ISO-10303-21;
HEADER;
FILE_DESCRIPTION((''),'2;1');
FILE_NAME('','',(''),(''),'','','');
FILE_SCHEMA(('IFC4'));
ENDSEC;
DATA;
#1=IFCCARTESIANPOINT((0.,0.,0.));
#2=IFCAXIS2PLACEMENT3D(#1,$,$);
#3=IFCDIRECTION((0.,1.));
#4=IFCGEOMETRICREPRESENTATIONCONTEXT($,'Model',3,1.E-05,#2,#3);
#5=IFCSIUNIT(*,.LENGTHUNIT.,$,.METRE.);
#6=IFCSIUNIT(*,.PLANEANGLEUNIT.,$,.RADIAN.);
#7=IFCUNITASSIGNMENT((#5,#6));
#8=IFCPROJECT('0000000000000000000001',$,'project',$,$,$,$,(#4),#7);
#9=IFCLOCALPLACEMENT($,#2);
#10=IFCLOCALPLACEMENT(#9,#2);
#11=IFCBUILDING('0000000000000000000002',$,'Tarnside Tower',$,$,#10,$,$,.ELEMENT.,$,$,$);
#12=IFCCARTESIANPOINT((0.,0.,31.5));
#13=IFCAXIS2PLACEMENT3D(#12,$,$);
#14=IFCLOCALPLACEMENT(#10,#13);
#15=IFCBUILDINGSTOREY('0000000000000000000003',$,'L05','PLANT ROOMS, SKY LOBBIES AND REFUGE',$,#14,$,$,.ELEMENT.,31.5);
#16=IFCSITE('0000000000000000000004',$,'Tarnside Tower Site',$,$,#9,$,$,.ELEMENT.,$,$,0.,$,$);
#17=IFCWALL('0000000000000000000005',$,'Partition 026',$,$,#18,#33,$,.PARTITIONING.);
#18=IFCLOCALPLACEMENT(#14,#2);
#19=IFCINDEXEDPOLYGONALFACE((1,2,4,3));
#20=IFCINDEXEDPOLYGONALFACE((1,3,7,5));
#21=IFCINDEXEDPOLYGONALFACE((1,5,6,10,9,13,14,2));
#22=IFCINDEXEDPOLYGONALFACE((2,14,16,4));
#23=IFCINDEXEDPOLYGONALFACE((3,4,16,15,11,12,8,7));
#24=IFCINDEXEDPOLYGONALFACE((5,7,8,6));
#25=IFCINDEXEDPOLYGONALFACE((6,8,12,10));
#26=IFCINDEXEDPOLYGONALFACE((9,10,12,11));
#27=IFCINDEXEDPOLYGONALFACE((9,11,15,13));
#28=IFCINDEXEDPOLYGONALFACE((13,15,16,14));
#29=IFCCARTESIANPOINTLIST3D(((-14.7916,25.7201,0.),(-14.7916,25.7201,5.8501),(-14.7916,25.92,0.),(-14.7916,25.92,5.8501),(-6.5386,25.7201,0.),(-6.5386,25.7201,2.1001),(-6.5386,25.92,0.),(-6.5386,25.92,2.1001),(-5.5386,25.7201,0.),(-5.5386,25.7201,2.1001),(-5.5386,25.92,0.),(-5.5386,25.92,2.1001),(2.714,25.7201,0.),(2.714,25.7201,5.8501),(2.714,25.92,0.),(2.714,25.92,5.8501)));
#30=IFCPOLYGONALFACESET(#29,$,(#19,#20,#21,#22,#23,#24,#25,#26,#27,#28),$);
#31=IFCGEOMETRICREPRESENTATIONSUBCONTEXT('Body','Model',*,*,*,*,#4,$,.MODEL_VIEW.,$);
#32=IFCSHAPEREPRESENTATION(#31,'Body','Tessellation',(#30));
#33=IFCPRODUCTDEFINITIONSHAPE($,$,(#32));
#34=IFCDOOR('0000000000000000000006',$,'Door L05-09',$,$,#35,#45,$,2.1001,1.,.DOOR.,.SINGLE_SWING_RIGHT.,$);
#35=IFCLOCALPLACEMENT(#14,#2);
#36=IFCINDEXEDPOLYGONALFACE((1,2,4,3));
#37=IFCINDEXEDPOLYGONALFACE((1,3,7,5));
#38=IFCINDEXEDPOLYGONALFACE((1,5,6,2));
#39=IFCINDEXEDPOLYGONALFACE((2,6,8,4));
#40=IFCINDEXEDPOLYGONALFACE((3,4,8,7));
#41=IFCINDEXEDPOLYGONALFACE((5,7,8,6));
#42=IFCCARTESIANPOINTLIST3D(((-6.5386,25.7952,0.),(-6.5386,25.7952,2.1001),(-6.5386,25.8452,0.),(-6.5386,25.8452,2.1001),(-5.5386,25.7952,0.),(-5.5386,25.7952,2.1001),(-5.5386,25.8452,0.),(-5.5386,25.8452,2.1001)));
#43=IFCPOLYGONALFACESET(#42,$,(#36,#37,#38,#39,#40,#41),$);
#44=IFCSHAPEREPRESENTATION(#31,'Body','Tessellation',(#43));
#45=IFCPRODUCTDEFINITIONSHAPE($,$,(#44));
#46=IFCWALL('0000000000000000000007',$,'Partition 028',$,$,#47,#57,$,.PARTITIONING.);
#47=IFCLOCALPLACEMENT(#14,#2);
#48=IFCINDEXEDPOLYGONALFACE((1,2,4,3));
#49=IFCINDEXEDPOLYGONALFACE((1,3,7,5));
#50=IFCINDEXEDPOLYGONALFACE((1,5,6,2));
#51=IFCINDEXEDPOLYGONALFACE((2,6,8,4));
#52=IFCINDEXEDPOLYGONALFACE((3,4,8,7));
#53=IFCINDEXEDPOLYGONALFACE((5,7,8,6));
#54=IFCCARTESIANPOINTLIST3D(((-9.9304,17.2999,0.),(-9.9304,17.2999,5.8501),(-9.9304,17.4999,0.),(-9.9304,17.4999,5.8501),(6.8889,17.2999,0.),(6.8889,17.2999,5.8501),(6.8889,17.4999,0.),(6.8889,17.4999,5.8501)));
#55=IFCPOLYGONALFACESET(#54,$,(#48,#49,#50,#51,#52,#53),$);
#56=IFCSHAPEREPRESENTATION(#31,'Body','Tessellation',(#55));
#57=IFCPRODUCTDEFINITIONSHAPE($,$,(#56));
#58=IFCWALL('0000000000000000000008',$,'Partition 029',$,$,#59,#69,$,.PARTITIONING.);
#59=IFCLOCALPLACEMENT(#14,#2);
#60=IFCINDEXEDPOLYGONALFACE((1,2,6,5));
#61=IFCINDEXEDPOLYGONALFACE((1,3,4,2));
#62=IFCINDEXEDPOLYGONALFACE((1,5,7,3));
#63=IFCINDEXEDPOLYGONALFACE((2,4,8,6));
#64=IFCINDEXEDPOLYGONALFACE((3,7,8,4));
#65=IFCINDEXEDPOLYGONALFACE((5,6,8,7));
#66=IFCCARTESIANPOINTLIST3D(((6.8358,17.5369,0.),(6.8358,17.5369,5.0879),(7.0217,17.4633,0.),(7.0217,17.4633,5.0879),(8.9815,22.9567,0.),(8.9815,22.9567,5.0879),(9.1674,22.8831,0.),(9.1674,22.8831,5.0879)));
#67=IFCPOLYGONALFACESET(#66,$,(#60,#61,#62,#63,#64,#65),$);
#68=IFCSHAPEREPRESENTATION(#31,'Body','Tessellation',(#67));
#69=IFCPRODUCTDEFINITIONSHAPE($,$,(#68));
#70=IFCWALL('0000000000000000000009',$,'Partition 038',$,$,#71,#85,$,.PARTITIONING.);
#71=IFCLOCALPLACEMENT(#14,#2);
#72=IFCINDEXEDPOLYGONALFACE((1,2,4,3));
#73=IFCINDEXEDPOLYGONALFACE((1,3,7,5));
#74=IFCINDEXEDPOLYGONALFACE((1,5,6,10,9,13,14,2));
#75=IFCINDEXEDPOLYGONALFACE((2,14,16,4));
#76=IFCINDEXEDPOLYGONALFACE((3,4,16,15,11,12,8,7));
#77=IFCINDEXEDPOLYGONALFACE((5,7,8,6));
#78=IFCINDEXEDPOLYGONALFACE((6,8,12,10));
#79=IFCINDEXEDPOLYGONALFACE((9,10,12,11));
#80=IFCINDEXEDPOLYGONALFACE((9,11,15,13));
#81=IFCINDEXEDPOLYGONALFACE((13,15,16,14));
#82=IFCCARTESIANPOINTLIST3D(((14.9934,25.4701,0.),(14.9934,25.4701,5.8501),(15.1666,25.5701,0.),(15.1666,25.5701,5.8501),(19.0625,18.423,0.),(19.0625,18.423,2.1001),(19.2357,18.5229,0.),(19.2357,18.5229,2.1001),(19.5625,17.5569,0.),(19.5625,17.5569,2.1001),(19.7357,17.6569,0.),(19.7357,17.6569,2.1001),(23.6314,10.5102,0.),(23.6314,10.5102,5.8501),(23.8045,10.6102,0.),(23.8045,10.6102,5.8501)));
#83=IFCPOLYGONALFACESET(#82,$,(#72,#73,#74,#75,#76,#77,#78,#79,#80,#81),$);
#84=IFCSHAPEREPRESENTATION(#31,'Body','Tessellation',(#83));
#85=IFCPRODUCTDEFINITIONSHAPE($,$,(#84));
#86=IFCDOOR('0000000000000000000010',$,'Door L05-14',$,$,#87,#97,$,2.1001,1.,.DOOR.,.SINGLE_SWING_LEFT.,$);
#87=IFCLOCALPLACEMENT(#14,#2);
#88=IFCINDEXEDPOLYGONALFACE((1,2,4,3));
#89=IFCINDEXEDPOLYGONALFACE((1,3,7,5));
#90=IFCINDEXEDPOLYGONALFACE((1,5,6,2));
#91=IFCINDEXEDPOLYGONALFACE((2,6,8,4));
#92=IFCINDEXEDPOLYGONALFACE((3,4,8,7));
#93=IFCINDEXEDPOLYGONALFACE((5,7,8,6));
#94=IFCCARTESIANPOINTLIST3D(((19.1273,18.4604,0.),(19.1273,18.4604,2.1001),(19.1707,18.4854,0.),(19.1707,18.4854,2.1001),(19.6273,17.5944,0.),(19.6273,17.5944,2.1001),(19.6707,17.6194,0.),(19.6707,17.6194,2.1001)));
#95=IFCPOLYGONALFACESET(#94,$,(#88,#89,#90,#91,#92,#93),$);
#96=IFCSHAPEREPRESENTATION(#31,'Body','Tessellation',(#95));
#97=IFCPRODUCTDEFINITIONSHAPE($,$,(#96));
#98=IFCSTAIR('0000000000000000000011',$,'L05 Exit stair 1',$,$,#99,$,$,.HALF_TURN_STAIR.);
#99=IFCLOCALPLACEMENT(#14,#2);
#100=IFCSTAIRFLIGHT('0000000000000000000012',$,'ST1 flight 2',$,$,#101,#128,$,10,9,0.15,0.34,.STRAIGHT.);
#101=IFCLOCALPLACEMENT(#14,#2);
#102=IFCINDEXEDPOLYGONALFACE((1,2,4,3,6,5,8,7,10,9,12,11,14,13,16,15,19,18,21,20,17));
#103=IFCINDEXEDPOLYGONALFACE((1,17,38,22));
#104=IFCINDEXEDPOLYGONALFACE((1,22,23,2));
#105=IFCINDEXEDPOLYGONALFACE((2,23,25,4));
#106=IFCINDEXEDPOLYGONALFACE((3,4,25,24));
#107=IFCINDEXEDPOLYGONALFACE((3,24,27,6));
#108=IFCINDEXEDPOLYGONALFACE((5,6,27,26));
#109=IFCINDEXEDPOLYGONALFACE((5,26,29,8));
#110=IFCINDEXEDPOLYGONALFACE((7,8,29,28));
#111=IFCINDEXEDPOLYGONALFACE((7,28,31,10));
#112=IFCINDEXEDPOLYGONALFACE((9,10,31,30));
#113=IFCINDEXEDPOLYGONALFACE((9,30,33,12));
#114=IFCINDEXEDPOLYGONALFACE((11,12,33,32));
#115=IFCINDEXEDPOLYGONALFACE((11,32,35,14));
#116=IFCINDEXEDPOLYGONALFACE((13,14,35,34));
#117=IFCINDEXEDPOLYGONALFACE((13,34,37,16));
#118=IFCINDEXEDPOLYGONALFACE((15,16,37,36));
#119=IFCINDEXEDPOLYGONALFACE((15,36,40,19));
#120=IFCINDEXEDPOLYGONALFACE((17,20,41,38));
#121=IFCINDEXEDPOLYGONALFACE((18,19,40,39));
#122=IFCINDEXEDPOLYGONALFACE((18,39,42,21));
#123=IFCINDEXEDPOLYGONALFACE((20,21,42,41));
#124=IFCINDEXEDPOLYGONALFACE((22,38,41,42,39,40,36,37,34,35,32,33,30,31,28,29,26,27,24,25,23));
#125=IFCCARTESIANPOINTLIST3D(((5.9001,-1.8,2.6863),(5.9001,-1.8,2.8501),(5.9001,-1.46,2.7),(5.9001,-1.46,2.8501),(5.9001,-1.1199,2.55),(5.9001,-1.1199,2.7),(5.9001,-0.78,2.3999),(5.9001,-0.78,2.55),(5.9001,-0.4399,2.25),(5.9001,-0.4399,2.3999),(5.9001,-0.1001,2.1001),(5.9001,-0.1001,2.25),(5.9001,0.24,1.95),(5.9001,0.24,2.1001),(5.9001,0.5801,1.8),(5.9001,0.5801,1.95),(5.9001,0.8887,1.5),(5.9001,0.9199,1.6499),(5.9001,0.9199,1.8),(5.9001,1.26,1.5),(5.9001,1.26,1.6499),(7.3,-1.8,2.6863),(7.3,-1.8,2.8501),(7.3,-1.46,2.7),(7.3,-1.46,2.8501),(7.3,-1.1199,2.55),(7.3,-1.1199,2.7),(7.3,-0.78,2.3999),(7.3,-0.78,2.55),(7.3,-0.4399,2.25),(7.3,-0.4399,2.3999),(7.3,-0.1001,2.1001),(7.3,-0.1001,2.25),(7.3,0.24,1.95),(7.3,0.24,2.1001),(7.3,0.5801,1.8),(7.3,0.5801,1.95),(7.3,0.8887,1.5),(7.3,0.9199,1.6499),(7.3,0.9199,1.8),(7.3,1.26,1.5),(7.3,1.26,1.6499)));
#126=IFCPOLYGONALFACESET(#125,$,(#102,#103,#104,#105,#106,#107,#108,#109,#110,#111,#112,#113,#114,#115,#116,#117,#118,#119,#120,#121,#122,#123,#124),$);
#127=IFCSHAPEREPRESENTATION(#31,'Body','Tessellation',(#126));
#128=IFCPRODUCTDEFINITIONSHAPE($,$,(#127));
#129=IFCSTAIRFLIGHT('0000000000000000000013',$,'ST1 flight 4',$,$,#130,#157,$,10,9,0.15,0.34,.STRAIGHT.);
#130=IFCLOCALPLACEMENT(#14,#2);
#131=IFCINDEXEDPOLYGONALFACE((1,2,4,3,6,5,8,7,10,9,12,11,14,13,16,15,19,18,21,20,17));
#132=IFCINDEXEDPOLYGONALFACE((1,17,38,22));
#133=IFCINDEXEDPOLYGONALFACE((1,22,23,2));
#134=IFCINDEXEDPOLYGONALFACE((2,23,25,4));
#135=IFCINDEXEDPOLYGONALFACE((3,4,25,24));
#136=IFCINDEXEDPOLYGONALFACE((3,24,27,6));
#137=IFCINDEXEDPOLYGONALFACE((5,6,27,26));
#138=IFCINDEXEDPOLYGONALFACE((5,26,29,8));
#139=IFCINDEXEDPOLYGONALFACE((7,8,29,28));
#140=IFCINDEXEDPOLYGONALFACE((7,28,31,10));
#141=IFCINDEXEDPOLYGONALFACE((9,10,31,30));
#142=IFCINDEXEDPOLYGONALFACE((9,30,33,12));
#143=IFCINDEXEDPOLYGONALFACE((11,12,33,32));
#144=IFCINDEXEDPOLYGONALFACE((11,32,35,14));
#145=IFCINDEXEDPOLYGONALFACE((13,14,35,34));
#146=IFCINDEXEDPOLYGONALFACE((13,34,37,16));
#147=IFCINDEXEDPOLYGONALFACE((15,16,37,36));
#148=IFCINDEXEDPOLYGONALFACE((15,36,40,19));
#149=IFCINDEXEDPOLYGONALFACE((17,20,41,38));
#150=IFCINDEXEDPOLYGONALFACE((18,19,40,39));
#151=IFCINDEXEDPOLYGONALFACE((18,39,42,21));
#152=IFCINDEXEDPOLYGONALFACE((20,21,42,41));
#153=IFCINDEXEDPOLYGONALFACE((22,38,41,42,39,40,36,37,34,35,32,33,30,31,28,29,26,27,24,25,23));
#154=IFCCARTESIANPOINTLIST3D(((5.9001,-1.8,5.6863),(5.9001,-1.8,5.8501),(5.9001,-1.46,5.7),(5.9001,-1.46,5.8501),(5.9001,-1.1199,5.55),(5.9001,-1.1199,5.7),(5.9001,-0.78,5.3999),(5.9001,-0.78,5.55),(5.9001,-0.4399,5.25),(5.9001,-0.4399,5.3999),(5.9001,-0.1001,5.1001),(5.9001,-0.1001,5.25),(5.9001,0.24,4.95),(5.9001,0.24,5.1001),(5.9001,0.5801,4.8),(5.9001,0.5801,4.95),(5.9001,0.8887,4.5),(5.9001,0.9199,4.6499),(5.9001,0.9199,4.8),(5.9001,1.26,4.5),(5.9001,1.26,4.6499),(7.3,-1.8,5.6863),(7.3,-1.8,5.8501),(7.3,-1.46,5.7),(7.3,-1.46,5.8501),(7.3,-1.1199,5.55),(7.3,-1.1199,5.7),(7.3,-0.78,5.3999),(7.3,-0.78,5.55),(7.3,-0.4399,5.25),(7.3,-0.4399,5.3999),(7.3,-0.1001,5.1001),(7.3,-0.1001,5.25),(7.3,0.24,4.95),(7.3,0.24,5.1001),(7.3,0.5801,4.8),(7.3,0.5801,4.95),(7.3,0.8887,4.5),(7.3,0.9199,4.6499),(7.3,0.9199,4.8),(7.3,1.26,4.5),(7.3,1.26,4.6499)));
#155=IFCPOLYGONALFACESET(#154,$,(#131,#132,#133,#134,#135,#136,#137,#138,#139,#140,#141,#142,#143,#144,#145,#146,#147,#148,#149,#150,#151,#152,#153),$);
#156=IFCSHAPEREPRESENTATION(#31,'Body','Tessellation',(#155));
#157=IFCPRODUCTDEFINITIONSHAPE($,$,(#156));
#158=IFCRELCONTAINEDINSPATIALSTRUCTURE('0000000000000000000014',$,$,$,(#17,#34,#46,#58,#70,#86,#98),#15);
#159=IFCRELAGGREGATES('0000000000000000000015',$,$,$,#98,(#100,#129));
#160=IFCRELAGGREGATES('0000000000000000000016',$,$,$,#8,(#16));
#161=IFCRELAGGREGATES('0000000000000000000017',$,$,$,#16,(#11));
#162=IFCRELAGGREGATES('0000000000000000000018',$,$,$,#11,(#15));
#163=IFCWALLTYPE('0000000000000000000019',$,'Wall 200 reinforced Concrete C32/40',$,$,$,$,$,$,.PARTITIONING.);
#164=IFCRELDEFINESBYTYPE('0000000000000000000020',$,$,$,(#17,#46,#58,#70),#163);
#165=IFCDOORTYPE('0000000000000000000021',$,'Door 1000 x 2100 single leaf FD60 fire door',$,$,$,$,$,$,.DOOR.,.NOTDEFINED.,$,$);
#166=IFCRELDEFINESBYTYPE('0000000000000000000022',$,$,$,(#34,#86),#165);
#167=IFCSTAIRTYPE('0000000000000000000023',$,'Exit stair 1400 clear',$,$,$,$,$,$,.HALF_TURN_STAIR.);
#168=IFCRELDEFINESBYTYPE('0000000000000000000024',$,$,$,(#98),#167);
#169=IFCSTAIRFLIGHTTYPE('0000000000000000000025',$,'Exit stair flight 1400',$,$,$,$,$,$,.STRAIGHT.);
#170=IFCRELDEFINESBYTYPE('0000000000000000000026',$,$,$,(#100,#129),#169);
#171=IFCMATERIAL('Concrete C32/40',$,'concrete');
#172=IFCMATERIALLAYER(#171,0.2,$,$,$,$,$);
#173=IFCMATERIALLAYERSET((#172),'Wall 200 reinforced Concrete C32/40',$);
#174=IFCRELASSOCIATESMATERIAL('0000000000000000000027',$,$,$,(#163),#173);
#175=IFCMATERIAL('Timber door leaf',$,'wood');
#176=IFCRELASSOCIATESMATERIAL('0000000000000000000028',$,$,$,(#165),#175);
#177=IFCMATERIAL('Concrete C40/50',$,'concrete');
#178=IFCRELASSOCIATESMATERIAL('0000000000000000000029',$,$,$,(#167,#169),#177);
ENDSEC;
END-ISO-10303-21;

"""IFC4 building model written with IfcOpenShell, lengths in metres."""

from ifc_helpers import new_model, si_unit, direction, frame, frame_2d, origin, place, context, subcontext, project, spatial, polyline, rectangle, outline, extrude, material, layer, layer_set, type_object, element, fill, aggregate, save


model = new_model("IFC4")

# Units and contexts
model_context = context("Model", 3, precision=1e-05, world=origin(), true_north=direction((0.0, 1.0)))
body_context = subcontext(model_context, "Body", "Model", "MODEL_VIEW")
ifc_project = project(units=[si_unit("LENGTHUNIT", "METRE"), si_unit("PLANEANGLEUNIT", "RADIAN")], contexts=[model_context])

# Site, building, storey
site_placement = place(None, origin())
site = spatial("IfcSite", under=ifc_project, at=site_placement, Name="Tarnside Tower Site", CompositionType="ELEMENT", RefElevation=0.0)
building_placement = place(site_placement, origin())
building = spatial("IfcBuilding", under=site, at=building_placement, Name="Tarnside Tower", CompositionType="ELEMENT")
storey_placement = place(building_placement, frame((0.0, 0.0, 31.5)))
storey = spatial("IfcBuildingStorey", under=building, at=storey_placement, Name="L05", Description="PLANT ROOMS, SKY LOBBIES AND REFUGE", CompositionType="ELEMENT", Elevation=31.5)

# Shared definitions
ifc_material_1 = material(Name="Concrete C40/50", Category="concrete")

# Wall, opening, door
ifc_material_2 = material(Name="Concrete C32/40", Category="concrete")
ifc_layer_1 = layer(ifc_material_2, 0.2)
ifc_layer_set_1 = layer_set([ifc_layer_1], Name="Wall 200 reinforced Concrete C32/40")
wall_type_1 = type_object("IfcWallType", Name="Wall 200 reinforced Concrete C32/40", PredefinedType="PARTITIONING", material=ifc_layer_set_1)
ifc_material_3 = material(Name="Timber door leaf", Category="wood")
door_type_1 = type_object("IfcDoorType", Name="Door 1000 x 2100 single leaf FD60 fire door", OperationType="NOTDEFINED", PredefinedType="DOOR", material=ifc_material_3)
wall_1_placement = place(storey_placement, frame((2.7141, 25.8201, 0.0), z_axis=(0.0, 0.0, 1.0), x_axis=(-1.0, 0.0, 0.0)))
wall_1 = element("IfcWall", 1, at=wall_1_placement, inside=storey, type_object=wall_type_1, Name="Partition 026", PredefinedType="PARTITIONING", context=body_context, shape_type="SweptSolid", body=[
    extrude(rectangle(XDim=17.5056, YDim=0.2, at=frame_2d((8.7529, 0.0))), origin(), (0.0, 0.0, 1.0), 5.8501),
])
opening_1_placement = place(wall_1_placement, frame((8.2527, 0.0, 0.0)))
opening_1 = element("IfcOpeningElement", 2, at=opening_1_placement, cuts=wall_1, PredefinedType="OPENING", context=body_context, shape_type="SweptSolid", body=[
    extrude(rectangle(XDim=1.0, YDim=2.1001, at=frame_2d((0.5, 1.05))), frame((0.0, 0.1099, 0.0), z_axis=(0.0, -1.0, 0.0), x_axis=(1.0, 0.0, 0.0)), (0.0, 0.0, 1.0), 0.22),
])
door_1_placement = place(opening_1_placement, origin())
door_1 = element("IfcDoor", 3, at=door_1_placement, inside=storey, type_object=door_type_1, Name="Door L05-09", OperationType="SINGLE_SWING_RIGHT", OverallHeight=2.1001, OverallWidth=1.0, PredefinedType="DOOR", context=body_context, shape_type="SweptSolid", body=[
    extrude(rectangle(XDim=1.0, YDim=2.1001, at=frame_2d((0.5, 1.05))), frame((0.0, 0.0249, 0.0), z_axis=(0.0, -1.0, 0.0), x_axis=(1.0, 0.0, 0.0)), (0.0, 0.0, 1.0), 0.05),
])
fill(opening_1, door_1)

# Walls
wall_2_placement = place(storey_placement, frame((6.8889, 17.3999, 0.0), z_axis=(0.0, 0.0, 1.0), x_axis=(-1.0, 0.0, 0.0)))
element("IfcWall", 4, at=wall_2_placement, inside=storey, type_object=wall_type_1, Name="Partition 028", PredefinedType="PARTITIONING", context=body_context, shape_type="SweptSolid", body=[
    extrude(rectangle(XDim=16.8193, YDim=0.2, at=frame_2d((8.4097, 0.0))), origin(), (0.0, 0.0, 1.0), 5.8501),
])
wall_3_placement = place(storey_placement, frame((9.0745, 22.9199, 0.0), z_axis=(0.0, 0.0, 1.0), x_axis=(-0.368103, -0.929785, 0.0)))
element("IfcWall", 5, at=wall_3_placement, inside=storey, type_object=wall_type_1, Name="Partition 029", PredefinedType="PARTITIONING", context=body_context, shape_type="SweptSolid", body=[
    extrude(rectangle(XDim=5.8291, YDim=0.2, at=frame_2d((2.9146, 0.0))), origin(), (0.0, 0.0, 1.0), 5.0879),
])

# Wall, opening, door
wall_4_placement = place(storey_placement, frame((15.0801, 25.52, 0.0), z_axis=(0.0, 0.0, 1.0), x_axis=(0.500035, -0.866005, 0.0)))
wall_4 = element("IfcWall", 6, at=wall_4_placement, inside=storey, type_object=wall_type_1, Name="Partition 038", PredefinedType="PARTITIONING", context=body_context, shape_type="SweptSolid", body=[
    extrude(rectangle(XDim=17.2747, YDim=0.2, at=frame_2d((8.6372, 0.0))), origin(), (0.0, 0.0, 1.0), 5.8501),
])
opening_2_placement = place(wall_4_placement, frame((8.1375, 0.0, 0.0)))
opening_2 = element("IfcOpeningElement", 7, at=opening_2_placement, cuts=wall_4, PredefinedType="OPENING", context=body_context, shape_type="SweptSolid", body=[
    extrude(rectangle(XDim=1.0, YDim=2.1001, at=frame_2d((0.5, 1.05))), frame((0.0, 0.1099, 0.0), z_axis=(0.0, -1.0, 0.0), x_axis=(1.0, 0.0, 0.0)), (0.0, 0.0, 1.0), 0.22),
])
door_2_placement = place(opening_2_placement, origin())
door_2 = element("IfcDoor", 8, at=door_2_placement, inside=storey, type_object=door_type_1, Name="Door L05-14", OperationType="SINGLE_SWING_LEFT", OverallHeight=2.1001, OverallWidth=1.0, PredefinedType="DOOR", context=body_context, shape_type="SweptSolid", body=[
    extrude(rectangle(XDim=1.0, YDim=2.1001, at=frame_2d((0.5, 1.05))), frame((0.0, 0.0249, 0.0), z_axis=(0.0, -1.0, 0.0), x_axis=(1.0, 0.0, 0.0)), (0.0, 0.0, 1.0), 0.05),
])
fill(opening_2, door_2)

# Stair, stair flights
stair_type = type_object("IfcStairType", Name="Exit stair 1400 clear", PredefinedType="HALF_TURN_STAIR", material=ifc_material_1)
stair_placement = place(storey_placement, origin())
stair = element("IfcStair", 9, at=stair_placement, inside=storey, type_object=stair_type, Name="L05 Exit stair 1", PredefinedType="HALF_TURN_STAIR")
stair_flight_type = type_object("IfcStairFlightType", Name="Exit stair flight 1400", PredefinedType="STRAIGHT", material=ifc_material_1)
stair_flight_1_placement = place(storey_placement, frame((6.6001, 1.26, 1.5), z_axis=(0.0, 0.0, 1.0), x_axis=(0.0, -1.0, 0.0)))
stair_flight_1 = element("IfcStairFlight", 10, at=stair_flight_1_placement, type_object=stair_flight_type, Name="ST1 flight 2", NumberOfRisers=10, NumberOfTreads=9, PredefinedType="STRAIGHT", RiserHeight=0.15, TreadLength=0.34, context=body_context, shape_type="SweptSolid", body=[
    extrude(outline(polyline([(0.0, 0.0), (0.0, 0.1499), (0.3401, 0.1499), (0.3401, 0.3), (0.6799, 0.3), (0.6799, 0.45), (1.02, 0.45), (1.02, 0.6001), (1.3601, 0.6001), (1.3601, 0.75), (1.7, 0.75), (1.7, 0.8999), (2.04, 0.8999), (2.04, 1.05), (2.3799, 1.05), (2.3799, 1.2), (2.72, 1.2), (2.72, 1.3501), (3.0601, 1.3501), (3.0601, 1.5), (3.0601, 1.1863), (0.3713, 0.0), (0.0, 0.0)])), frame((0.0, 0.7, 0.0), z_axis=(0.0, -1.0, 0.0), x_axis=(1.0, 0.0, 0.0)), (0.0, 0.0, 1.0), 1.3999),
])
stair_flight_2_placement = place(storey_placement, frame((6.6001, 1.26, 4.5), z_axis=(0.0, 0.0, 1.0), x_axis=(0.0, -1.0, 0.0)))
stair_flight_2 = element("IfcStairFlight", 11, at=stair_flight_2_placement, type_object=stair_flight_type, Name="ST1 flight 4", NumberOfRisers=10, NumberOfTreads=9, PredefinedType="STRAIGHT", RiserHeight=0.15, TreadLength=0.34, context=body_context, shape_type="SweptSolid", body=[
    extrude(outline(polyline([(0.0, 0.0), (0.0, 0.1499), (0.3401, 0.1499), (0.3401, 0.3), (0.6799, 0.3), (0.6799, 0.45), (1.02, 0.45), (1.02, 0.6001), (1.3601, 0.6001), (1.3601, 0.75), (1.7, 0.75), (1.7, 0.8999), (2.04, 0.8999), (2.04, 1.05), (2.3799, 1.05), (2.3799, 1.2), (2.72, 1.2), (2.72, 1.3501), (3.0601, 1.3501), (3.0601, 1.5), (3.0601, 1.1863), (0.3713, 0.0), (0.0, 0.0)])), frame((0.0, 0.7, 0.0), z_axis=(0.0, -1.0, 0.0), x_axis=(1.0, 0.0, 0.0)), (0.0, 0.0, 1.0), 1.3999),
])
aggregate(stair, [stair_flight_1, stair_flight_2])

save(model, "model.ifc")
